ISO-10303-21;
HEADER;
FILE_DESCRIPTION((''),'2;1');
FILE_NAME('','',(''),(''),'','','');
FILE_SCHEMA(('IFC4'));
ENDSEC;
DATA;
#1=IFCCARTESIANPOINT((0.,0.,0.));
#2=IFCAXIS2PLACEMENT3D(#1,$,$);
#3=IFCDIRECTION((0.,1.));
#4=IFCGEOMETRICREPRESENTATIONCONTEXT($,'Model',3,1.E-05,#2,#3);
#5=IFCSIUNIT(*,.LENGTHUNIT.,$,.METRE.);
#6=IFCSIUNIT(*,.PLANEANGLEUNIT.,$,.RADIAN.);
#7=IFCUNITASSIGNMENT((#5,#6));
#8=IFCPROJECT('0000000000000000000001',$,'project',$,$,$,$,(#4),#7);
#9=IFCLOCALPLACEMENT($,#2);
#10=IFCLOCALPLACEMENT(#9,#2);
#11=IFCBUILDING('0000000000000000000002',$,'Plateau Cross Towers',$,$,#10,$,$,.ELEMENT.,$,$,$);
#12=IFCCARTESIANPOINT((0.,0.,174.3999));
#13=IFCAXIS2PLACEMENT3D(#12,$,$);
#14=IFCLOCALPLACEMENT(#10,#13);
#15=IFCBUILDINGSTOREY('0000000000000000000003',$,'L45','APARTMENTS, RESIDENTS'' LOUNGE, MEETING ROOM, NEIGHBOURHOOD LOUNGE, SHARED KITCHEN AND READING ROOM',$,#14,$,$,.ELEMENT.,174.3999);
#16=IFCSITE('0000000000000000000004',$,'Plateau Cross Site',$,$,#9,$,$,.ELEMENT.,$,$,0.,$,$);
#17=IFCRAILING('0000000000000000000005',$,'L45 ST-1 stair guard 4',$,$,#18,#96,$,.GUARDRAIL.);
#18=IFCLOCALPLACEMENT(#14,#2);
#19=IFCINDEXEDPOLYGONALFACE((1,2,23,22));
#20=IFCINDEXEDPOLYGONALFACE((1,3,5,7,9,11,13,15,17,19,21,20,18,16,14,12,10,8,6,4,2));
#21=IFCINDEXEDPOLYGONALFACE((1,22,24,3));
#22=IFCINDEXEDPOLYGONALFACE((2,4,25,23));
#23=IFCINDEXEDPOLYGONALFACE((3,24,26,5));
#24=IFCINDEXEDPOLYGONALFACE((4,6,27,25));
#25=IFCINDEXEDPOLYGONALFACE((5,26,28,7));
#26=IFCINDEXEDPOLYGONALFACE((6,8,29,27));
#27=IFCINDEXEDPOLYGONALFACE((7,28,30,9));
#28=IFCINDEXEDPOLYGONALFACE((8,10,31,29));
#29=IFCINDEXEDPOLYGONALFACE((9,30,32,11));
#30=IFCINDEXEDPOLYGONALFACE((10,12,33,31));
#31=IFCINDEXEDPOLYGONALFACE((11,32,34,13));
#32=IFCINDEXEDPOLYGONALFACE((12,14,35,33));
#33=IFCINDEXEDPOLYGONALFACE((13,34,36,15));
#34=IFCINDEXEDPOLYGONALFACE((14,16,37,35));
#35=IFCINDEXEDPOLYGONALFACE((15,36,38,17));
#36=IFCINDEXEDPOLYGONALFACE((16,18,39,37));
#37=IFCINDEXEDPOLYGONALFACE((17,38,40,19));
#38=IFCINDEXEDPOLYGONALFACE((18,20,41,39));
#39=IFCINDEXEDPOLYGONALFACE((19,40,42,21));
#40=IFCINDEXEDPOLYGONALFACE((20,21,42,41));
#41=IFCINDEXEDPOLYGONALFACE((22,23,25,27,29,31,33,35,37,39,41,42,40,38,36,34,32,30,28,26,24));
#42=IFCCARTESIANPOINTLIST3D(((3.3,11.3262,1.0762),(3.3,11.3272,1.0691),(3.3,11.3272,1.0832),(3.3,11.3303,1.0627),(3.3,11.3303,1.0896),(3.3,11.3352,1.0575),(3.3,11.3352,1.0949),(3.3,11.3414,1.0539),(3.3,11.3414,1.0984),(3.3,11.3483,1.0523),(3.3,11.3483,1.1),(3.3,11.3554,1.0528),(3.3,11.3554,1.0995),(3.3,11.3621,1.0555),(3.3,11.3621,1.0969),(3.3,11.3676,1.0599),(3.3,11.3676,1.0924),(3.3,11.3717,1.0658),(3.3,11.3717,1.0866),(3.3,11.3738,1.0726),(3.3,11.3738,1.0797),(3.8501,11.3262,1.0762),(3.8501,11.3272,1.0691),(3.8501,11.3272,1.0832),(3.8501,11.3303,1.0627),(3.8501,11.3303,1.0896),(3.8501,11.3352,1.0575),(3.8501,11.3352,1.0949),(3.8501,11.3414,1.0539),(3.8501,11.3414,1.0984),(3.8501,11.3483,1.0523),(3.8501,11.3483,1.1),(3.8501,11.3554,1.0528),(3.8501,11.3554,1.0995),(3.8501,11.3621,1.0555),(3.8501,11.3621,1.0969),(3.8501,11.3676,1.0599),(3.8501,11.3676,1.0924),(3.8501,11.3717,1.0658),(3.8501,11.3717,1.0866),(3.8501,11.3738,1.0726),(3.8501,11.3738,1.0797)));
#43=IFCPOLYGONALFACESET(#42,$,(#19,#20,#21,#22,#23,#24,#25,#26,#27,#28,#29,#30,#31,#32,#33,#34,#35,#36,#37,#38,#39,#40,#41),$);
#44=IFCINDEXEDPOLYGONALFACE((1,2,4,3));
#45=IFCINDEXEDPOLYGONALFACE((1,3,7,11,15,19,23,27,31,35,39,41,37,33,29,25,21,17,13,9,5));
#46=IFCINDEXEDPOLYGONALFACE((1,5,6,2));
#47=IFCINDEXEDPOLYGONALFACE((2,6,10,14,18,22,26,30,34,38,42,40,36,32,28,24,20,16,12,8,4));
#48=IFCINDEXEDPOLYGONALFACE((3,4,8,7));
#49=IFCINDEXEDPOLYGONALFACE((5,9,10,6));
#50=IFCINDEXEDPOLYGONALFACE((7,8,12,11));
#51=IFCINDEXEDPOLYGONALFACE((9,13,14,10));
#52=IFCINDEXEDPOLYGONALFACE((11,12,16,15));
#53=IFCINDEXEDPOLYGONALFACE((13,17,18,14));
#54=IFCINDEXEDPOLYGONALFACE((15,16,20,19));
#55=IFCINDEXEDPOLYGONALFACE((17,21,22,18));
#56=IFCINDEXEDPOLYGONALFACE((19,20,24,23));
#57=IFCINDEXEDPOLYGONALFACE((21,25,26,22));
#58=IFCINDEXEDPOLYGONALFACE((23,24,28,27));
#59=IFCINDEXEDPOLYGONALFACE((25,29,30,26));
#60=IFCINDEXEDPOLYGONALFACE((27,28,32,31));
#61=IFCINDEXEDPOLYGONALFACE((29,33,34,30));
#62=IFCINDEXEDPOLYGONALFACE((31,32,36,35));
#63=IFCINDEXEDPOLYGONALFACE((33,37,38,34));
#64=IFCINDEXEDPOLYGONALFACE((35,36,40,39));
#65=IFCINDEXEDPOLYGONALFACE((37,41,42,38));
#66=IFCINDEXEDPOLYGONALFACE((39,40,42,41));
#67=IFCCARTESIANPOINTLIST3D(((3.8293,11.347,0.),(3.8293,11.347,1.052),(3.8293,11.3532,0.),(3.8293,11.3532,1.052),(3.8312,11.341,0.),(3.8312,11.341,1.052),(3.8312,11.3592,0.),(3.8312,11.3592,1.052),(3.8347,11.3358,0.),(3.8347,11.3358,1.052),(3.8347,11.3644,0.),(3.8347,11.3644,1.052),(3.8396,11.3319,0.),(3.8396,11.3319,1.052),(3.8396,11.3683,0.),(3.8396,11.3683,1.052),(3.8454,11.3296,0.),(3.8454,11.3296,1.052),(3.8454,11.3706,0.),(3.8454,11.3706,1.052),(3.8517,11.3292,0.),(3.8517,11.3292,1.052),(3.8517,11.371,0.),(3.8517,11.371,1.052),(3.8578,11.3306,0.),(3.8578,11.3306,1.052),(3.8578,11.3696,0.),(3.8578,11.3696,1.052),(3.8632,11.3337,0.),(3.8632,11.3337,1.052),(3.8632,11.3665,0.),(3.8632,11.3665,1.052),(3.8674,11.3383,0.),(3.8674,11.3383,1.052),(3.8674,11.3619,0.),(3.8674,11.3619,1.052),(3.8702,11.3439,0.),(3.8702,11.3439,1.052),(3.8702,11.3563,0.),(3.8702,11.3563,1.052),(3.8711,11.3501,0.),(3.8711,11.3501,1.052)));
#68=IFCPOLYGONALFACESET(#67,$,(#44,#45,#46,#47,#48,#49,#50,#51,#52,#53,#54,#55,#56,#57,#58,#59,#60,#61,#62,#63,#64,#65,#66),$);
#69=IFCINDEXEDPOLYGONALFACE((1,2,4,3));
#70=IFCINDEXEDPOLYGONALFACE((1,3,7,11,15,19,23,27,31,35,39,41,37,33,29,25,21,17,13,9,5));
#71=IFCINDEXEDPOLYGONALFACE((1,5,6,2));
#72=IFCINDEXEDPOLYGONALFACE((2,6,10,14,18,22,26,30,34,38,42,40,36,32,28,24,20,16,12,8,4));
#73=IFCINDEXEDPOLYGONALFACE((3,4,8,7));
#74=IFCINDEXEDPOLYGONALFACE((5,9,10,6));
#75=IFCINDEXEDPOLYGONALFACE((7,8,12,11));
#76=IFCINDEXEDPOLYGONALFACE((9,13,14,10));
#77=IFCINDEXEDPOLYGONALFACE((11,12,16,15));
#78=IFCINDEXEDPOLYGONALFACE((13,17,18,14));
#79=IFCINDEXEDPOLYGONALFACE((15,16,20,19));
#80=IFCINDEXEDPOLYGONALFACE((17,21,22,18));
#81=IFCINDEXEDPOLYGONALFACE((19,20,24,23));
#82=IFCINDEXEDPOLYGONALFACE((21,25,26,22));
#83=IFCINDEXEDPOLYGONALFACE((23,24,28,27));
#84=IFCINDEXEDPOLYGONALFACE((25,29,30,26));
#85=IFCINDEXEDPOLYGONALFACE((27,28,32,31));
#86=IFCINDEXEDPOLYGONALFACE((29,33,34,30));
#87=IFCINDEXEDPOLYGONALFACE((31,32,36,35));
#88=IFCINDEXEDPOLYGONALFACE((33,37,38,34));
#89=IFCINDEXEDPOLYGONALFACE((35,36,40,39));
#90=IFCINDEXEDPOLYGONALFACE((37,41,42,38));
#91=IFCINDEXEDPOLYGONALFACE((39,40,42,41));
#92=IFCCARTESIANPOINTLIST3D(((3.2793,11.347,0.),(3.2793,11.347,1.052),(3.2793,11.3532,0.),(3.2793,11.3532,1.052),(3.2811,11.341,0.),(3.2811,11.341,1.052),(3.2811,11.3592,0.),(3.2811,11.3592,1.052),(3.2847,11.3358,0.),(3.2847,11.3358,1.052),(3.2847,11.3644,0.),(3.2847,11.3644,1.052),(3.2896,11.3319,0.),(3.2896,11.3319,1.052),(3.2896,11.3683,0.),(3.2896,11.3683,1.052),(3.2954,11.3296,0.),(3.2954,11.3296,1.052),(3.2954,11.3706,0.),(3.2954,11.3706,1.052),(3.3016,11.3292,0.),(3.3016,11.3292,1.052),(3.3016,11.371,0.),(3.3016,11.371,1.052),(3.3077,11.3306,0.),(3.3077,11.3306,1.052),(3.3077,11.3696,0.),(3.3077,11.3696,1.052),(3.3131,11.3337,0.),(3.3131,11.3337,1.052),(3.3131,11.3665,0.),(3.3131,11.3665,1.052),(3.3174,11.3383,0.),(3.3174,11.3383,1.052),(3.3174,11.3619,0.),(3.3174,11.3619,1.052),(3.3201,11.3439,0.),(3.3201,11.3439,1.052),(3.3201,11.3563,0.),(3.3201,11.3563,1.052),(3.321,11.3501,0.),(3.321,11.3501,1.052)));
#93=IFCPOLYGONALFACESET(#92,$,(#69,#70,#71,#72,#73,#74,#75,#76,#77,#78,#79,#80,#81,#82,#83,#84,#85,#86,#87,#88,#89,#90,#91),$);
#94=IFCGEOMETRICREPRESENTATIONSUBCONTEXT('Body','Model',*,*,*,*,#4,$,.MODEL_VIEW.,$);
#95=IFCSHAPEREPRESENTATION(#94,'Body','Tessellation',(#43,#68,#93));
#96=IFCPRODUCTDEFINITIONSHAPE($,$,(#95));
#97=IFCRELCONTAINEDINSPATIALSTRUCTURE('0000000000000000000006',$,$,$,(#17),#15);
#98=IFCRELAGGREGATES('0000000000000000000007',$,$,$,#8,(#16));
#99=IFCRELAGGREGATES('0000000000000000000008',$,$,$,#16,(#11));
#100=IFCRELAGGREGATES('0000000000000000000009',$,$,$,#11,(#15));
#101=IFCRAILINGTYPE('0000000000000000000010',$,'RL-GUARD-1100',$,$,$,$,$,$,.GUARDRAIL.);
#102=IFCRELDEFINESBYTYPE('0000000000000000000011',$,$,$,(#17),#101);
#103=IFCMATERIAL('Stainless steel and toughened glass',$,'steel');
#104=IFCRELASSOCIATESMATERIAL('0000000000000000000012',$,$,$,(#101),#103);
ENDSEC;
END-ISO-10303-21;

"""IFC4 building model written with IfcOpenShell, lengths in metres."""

from ifc_helpers import new_model, si_unit, direction, frame, origin, origin_2d, place, context, subcontext, project, spatial, circle, extrude, material, type_object, element, save


model = new_model("IFC4")

# Units and contexts
model_context = context("Model", 3, precision=1e-05, world=origin(), true_north=direction((0.0, 1.0)))
body_context = subcontext(model_context, "Body", "Model", "MODEL_VIEW")
ifc_project = project(units=[si_unit("LENGTHUNIT", "METRE"), si_unit("PLANEANGLEUNIT", "RADIAN")], contexts=[model_context])

# Site, building, storey
site_placement = place(None, origin())
site = spatial("IfcSite", under=ifc_project, at=site_placement, Name="Plateau Cross Site", CompositionType="ELEMENT", RefElevation=0.0)
building_placement = place(site_placement, origin())
building = spatial("IfcBuilding", under=site, at=building_placement, Name="Plateau Cross Towers", CompositionType="ELEMENT")
storey_placement = place(building_placement, frame((0.0, 0.0, 174.3999)))
storey = spatial("IfcBuildingStorey", under=building, at=storey_placement, Name="L45", Description="APARTMENTS, RESIDENTS' LOUNGE, MEETING ROOM, NEIGHBOURHOOD LOUNGE, SHARED KITCHEN AND READING ROOM", CompositionType="ELEMENT", Elevation=174.3999)

# Railing
ifc_material_1 = material(Name="Stainless steel and toughened glass", Category="steel")
railing_type_1 = type_object("IfcRailingType", Name="RL-GUARD-1100", PredefinedType="GUARDRAIL", material=ifc_material_1)
railing_1_placement = place(storey_placement, frame((3.8501, 11.3501, 0.0)))
element("IfcRailing", 1, at=railing_1_placement, inside=storey, type_object=railing_type_1, Name="L45 ST-1 stair guard 4", PredefinedType="GUARDRAIL", context=body_context, shape_type="SweptSolid", body=[
    extrude(circle(Radius=0.0239, at=origin_2d()), frame((0.0, 0.0, 1.0762), z_axis=(-1.0, 0.0, 0.0), x_axis=(0.0, -1.0, 0.0)), (0.0, 0.0, 1.0), 0.55),
    extrude(circle(Radius=0.021, at=origin_2d()), origin(), (0.0, 0.0, 1.0), 1.052),
    extrude(circle(Radius=0.021, at=origin_2d()), frame((-0.55, 0.0, 0.0)), (0.0, 0.0, 1.0), 1.052),
])

save(model, "model.ifc")
